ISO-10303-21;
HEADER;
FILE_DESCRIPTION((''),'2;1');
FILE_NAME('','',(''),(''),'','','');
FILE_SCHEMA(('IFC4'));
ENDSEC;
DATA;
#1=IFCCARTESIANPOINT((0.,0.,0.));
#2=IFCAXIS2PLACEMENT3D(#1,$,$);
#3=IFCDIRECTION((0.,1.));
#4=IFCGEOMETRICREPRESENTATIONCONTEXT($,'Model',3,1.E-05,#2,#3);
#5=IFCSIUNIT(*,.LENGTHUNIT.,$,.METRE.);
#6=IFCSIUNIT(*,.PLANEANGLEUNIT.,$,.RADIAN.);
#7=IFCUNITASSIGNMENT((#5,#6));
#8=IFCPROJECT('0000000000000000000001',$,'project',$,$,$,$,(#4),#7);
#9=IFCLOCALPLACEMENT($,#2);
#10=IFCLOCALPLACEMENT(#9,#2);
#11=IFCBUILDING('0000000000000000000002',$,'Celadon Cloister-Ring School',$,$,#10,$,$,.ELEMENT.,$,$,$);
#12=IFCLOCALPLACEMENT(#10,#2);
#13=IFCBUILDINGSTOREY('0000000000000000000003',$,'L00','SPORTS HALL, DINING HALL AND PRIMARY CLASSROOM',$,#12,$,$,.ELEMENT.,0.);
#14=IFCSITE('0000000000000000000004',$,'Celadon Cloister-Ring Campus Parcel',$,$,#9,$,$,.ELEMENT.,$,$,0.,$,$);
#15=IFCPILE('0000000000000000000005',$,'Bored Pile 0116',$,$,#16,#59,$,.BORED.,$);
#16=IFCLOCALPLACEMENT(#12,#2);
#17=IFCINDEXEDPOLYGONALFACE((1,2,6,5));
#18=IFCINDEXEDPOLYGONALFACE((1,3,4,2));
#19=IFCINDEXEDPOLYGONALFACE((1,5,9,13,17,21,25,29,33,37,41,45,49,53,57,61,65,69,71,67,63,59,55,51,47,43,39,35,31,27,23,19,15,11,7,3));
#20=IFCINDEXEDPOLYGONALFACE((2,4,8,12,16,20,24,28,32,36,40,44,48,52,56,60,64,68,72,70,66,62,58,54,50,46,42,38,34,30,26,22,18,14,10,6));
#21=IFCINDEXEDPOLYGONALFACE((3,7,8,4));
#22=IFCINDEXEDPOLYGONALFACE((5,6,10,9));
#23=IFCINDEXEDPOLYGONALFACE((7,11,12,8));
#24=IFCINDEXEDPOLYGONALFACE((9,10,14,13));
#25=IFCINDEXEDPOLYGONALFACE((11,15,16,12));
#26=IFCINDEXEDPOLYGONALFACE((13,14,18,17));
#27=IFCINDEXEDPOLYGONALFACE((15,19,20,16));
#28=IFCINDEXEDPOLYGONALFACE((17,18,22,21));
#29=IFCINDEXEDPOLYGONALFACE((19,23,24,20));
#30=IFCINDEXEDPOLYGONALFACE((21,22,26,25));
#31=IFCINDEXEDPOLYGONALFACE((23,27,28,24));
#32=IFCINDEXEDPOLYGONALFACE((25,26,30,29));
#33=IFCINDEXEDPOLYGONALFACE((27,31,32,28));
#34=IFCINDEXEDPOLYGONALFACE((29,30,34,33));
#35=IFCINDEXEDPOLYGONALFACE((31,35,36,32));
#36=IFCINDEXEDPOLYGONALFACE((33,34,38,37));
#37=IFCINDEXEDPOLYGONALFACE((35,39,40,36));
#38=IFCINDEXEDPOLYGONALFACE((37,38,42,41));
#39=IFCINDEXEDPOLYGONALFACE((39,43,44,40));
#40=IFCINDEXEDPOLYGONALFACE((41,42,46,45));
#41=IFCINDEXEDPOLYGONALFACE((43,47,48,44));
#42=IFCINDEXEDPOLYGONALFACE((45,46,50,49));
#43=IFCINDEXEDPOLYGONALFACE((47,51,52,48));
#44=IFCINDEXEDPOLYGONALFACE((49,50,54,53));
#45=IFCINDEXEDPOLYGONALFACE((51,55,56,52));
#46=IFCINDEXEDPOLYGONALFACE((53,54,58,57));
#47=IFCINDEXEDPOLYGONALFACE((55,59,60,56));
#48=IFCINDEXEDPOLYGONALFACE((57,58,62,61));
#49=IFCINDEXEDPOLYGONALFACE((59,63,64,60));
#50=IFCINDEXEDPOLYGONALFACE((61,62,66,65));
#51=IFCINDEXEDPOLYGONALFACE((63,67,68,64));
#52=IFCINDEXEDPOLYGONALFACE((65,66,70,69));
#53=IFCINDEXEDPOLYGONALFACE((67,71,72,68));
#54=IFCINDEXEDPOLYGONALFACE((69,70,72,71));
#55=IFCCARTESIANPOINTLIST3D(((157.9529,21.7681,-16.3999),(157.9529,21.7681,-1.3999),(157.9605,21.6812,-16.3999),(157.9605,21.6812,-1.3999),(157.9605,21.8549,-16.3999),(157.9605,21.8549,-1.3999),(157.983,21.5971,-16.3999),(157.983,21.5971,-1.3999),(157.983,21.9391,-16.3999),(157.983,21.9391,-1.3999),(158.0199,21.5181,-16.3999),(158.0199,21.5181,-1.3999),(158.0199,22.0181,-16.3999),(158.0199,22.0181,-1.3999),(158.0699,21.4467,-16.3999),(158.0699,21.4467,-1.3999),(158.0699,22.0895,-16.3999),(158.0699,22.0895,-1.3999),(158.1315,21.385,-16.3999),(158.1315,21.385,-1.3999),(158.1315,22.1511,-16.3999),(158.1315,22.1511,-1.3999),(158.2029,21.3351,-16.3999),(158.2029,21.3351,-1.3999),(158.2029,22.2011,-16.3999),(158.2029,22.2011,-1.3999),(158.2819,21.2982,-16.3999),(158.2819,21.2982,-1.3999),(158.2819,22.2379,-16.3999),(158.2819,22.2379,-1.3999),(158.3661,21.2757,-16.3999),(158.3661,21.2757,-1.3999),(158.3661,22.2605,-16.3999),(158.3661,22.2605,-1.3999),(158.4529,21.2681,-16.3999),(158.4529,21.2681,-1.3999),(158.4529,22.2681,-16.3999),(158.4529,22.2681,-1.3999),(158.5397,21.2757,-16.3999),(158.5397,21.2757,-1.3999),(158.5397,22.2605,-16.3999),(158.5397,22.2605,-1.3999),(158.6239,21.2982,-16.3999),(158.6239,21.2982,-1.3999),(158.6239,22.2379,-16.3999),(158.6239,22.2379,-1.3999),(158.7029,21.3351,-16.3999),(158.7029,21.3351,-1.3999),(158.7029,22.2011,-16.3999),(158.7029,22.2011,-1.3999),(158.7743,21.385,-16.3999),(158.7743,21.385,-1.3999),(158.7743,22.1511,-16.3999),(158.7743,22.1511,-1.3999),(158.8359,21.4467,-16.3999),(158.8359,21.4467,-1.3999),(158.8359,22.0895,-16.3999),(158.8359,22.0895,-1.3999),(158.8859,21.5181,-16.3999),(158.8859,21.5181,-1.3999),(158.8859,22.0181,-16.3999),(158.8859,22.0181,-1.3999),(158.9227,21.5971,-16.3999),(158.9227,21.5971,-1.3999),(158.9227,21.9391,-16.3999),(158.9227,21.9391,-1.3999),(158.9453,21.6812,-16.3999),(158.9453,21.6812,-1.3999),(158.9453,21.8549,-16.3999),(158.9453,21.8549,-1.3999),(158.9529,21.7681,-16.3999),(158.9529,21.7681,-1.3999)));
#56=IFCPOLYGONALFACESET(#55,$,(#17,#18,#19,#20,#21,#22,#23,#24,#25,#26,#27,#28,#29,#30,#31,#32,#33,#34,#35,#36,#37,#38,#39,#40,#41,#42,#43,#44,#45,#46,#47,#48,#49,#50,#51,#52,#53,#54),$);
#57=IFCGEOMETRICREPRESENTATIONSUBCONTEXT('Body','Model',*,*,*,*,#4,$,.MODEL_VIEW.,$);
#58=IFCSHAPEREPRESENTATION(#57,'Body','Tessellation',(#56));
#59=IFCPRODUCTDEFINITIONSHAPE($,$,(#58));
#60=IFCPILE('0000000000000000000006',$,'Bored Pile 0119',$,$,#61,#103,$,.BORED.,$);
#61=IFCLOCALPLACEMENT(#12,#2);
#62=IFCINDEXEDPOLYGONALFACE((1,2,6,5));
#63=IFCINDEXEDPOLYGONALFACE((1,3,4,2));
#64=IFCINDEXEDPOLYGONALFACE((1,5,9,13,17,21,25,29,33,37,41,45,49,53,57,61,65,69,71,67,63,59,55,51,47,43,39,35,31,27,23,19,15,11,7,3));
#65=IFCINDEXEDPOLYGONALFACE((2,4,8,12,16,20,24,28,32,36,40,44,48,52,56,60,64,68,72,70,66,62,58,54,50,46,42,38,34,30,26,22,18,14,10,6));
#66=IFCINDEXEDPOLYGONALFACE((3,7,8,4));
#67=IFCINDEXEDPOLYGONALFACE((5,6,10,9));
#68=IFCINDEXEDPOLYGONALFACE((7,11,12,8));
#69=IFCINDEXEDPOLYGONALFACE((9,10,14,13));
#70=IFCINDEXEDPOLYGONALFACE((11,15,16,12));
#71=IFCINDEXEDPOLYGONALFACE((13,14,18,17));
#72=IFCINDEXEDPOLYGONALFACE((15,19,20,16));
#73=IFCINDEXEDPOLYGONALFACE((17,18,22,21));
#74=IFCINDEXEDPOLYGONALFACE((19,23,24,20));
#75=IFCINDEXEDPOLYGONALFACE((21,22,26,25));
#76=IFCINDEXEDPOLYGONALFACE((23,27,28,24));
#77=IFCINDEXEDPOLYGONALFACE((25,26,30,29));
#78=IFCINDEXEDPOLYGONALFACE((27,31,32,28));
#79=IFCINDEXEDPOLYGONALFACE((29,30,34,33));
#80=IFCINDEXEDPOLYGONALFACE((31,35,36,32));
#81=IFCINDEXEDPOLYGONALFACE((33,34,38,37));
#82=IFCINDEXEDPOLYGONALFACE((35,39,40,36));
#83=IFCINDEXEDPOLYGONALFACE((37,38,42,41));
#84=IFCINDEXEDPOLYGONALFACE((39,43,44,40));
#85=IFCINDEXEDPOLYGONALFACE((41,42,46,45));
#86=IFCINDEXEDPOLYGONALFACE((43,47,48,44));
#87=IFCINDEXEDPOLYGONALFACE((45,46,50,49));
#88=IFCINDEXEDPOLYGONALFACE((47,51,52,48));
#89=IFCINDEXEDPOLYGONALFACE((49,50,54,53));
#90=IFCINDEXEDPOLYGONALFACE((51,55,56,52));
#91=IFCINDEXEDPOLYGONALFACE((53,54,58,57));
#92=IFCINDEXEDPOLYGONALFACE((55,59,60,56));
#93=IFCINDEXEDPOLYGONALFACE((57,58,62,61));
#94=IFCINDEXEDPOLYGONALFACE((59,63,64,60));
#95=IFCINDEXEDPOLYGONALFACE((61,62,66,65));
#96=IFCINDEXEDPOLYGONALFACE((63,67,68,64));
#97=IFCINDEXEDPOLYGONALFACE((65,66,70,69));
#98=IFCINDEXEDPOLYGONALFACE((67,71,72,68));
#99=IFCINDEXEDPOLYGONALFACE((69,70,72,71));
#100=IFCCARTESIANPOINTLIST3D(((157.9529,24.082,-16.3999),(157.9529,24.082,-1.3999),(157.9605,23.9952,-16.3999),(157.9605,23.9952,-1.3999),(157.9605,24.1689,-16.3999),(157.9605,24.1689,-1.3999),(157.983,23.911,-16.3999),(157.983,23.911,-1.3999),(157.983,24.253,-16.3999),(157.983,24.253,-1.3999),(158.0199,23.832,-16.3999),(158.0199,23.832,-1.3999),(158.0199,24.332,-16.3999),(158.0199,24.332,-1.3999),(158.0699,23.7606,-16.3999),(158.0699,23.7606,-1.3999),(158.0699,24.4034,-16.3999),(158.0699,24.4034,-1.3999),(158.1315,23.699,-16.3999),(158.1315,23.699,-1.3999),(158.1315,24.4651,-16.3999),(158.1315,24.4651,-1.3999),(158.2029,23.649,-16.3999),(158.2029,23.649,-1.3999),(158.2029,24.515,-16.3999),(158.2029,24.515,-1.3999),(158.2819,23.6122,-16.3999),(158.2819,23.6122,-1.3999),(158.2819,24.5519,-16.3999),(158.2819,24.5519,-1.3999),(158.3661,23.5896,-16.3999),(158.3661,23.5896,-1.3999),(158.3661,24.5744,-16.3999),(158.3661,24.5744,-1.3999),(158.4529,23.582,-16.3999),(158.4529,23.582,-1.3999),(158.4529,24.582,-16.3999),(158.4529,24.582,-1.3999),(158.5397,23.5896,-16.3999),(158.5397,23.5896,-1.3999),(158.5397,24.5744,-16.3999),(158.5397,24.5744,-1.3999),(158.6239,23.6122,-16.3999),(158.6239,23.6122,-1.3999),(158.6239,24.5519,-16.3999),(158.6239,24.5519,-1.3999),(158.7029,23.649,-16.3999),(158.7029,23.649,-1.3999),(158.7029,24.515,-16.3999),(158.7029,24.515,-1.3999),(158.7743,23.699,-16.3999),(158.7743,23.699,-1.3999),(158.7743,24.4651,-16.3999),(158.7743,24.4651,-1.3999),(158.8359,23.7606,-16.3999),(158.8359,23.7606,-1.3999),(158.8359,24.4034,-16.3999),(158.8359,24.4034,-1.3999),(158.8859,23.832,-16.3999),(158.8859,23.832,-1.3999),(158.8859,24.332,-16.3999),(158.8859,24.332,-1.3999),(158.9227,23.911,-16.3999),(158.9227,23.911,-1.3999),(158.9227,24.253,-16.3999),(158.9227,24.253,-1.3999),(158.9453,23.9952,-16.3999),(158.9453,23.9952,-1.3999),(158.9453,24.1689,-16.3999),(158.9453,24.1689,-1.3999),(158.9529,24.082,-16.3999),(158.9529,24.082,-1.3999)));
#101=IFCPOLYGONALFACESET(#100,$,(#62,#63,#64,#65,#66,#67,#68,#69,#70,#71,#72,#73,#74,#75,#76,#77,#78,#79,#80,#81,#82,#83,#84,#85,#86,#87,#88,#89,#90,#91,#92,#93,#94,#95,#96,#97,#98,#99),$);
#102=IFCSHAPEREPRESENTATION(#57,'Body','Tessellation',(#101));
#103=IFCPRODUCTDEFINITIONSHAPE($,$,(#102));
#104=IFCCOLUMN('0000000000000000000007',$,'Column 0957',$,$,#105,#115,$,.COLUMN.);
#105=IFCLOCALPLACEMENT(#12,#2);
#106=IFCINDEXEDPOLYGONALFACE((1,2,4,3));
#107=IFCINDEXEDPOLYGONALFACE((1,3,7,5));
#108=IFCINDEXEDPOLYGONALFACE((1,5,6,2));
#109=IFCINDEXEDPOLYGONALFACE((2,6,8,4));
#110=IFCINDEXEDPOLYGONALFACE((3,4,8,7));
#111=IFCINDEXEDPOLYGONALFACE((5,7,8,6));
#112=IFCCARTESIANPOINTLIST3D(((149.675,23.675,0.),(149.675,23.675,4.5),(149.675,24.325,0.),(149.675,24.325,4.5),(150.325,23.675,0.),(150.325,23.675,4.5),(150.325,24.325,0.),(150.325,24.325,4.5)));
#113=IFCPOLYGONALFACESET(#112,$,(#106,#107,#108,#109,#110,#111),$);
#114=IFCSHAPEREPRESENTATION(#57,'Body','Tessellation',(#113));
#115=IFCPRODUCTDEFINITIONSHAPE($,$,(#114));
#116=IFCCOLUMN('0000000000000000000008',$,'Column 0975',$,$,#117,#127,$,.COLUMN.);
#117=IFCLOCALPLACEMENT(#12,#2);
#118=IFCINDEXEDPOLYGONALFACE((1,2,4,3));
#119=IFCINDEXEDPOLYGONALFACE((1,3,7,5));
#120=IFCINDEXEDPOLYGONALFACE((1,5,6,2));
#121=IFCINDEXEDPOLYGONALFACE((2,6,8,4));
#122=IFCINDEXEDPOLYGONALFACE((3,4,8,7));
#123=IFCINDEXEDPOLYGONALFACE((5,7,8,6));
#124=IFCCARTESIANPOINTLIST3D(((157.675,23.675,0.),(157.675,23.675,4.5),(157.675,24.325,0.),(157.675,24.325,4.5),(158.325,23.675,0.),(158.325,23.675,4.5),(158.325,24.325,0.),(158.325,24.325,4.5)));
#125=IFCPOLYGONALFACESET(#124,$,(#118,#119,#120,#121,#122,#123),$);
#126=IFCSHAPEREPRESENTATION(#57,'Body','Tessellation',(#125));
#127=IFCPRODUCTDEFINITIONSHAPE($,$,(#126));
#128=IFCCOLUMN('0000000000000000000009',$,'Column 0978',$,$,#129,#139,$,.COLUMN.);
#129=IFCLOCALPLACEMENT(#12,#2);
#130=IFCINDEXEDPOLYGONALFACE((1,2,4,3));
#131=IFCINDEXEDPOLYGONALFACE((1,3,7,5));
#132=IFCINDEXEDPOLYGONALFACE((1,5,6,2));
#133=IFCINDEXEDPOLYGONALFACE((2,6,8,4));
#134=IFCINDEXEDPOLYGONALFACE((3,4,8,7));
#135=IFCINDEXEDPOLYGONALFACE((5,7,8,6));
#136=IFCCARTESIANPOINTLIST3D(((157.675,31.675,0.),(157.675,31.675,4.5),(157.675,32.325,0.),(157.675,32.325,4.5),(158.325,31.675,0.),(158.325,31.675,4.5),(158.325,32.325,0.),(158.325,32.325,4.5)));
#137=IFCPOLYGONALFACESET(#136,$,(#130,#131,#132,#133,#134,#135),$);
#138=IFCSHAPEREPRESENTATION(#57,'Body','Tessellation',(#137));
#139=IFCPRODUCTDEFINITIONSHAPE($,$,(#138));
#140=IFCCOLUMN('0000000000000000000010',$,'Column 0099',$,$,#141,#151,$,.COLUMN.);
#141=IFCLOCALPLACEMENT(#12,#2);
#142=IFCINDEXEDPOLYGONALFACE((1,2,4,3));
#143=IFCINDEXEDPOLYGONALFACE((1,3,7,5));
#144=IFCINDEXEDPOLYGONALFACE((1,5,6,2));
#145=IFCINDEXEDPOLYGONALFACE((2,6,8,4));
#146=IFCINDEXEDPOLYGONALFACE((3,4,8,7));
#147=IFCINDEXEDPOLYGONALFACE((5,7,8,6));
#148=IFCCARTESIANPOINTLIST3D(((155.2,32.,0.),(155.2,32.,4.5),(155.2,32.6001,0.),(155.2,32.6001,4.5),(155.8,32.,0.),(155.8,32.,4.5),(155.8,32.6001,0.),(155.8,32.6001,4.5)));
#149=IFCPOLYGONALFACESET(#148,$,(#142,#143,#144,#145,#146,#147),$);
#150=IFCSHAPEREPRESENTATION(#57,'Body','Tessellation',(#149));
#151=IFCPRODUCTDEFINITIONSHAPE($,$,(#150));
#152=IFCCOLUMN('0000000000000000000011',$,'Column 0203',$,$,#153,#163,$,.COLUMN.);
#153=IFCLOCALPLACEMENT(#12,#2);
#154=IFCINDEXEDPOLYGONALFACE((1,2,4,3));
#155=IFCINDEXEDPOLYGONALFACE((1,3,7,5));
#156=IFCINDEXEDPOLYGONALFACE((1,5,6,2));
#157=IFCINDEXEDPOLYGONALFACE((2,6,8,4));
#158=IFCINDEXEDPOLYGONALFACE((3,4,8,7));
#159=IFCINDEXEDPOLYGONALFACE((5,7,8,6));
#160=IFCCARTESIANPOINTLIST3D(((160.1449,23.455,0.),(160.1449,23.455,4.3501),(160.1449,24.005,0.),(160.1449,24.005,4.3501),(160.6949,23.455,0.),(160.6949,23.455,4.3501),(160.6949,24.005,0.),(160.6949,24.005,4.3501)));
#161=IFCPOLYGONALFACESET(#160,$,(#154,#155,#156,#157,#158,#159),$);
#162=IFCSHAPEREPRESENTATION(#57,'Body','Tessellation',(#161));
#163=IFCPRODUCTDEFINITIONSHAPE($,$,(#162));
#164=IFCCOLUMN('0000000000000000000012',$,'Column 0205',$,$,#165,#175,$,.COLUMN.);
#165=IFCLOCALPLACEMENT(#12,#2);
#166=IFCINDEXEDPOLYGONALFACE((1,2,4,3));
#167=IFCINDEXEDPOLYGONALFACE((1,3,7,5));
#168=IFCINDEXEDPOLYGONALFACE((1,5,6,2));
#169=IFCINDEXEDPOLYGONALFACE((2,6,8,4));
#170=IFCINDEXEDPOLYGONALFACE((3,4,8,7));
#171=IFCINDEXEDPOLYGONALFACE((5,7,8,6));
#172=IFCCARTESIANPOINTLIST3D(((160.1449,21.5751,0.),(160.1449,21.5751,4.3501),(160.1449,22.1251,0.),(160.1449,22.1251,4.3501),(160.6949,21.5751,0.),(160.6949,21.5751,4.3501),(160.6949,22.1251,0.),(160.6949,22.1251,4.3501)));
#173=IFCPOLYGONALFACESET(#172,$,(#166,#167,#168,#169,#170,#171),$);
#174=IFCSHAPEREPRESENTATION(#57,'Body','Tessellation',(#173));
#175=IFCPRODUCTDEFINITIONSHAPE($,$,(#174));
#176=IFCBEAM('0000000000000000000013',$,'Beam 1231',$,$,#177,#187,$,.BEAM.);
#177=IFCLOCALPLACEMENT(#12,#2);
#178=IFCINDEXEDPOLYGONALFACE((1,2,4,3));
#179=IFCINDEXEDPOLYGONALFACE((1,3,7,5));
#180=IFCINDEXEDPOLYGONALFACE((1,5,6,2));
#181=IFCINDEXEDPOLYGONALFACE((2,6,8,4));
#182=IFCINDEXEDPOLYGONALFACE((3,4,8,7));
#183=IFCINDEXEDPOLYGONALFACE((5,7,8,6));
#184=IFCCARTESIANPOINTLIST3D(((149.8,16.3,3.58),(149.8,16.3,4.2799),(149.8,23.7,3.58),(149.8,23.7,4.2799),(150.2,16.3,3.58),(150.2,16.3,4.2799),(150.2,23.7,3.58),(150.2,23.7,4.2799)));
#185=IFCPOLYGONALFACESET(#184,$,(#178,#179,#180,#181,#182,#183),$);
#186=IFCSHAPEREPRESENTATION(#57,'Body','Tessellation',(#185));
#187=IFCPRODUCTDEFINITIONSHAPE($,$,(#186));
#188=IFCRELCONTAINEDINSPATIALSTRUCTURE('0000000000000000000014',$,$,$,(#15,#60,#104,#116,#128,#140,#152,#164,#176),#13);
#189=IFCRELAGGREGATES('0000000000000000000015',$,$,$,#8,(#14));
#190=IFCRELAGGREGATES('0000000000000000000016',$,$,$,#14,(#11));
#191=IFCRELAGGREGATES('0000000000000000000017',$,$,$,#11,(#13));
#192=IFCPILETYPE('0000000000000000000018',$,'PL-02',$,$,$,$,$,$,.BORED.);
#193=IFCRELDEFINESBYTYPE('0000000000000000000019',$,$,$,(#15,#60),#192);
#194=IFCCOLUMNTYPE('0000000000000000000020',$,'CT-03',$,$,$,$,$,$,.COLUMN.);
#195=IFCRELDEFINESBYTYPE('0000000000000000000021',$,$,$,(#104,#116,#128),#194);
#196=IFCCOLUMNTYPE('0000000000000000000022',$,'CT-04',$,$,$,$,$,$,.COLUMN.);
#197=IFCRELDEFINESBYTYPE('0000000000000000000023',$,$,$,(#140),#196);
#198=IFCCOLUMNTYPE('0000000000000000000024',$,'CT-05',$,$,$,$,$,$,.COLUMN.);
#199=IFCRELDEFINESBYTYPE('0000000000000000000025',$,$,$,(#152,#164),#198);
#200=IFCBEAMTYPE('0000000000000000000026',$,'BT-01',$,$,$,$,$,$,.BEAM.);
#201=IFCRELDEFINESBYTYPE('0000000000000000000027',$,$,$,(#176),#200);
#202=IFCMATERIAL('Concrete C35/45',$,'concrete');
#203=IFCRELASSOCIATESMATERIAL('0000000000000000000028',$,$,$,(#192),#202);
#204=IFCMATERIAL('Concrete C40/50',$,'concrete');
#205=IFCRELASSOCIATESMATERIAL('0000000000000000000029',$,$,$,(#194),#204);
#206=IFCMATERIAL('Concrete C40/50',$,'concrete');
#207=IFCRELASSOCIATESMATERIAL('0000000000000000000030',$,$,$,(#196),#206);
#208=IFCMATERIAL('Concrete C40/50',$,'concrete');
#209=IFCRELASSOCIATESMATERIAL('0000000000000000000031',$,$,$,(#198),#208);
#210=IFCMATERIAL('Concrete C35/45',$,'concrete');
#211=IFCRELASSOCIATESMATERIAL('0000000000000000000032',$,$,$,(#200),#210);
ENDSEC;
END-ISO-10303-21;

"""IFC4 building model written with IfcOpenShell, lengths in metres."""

from ifc_helpers import new_model, si_unit, direction, frame, origin, origin_2d, place, context, subcontext, project, spatial, rectangle, circle, extrude, material, material_profile, profile_set, type_object, element, save


model = new_model("IFC4")

# Units and contexts
model_context = context("Model", 3, precision=1e-05, world=origin(), true_north=direction((0.0, 1.0)))
body_context = subcontext(model_context, "Body", "Model", "MODEL_VIEW")
ifc_project = project(units=[si_unit("LENGTHUNIT", "METRE"), si_unit("PLANEANGLEUNIT", "RADIAN")], contexts=[model_context])

# Site, building, storey
site_placement = place(None, origin())
site = spatial("IfcSite", under=ifc_project, at=site_placement, Name="Celadon Cloister-Ring Campus Parcel", CompositionType="ELEMENT", RefElevation=0.0)
building_placement = place(site_placement, origin())
building = spatial("IfcBuilding", under=site, at=building_placement, Name="Celadon Cloister-Ring School", CompositionType="ELEMENT")
storey_placement = place(building_placement, origin())
storey = spatial("IfcBuildingStorey", under=building, at=storey_placement, Name="L00", Description="SPORTS HALL, DINING HALL AND PRIMARY CLASSROOM", CompositionType="ELEMENT", Elevation=0.0)

# Piles
ifc_material_1 = material(Name="Concrete C35/45", Category="concrete")
ifc_material_profile_1 = material_profile(ifc_material_1, circle(Radius=0.5, at=origin_2d()), Name="PILE1000")
ifc_profile_set_1 = profile_set([ifc_material_profile_1], Name="Concrete C35/45")
pile_type_1 = type_object("IfcPileType", Name="PL-02", PredefinedType="BORED", material=ifc_profile_set_1)
for number, where, z_axis, x_axis, name in (
    (1, (158.4529, 21.7681, -1.3999), (0.0, 0.0, -1.0), (1.0, 0.0, 0.0), "Bored Pile 0116"),
    (2, (158.4529, 24.082, -1.3999), (0.0, 0.0, -1.0), (1.0, 0.0, 0.0), "Bored Pile 0119"),
):
    element("IfcPile", number, at=place(storey_placement, frame(where, z_axis=z_axis, x_axis=x_axis)), inside=storey, type_object=pile_type_1, Name=name, PredefinedType="BORED", context=body_context, shape_type="SweptSolid", body=[
        extrude(circle(Radius=0.5, at=origin_2d()), origin(), (0.0, 0.0, 1.0), 15.0),
    ])

# Columns
ifc_material_2 = material(Name="Concrete C40/50", Category="concrete")
ifc_material_profile_2 = material_profile(ifc_material_2, rectangle(XDim=0.6499, YDim=0.6499, at=origin_2d()), Name="RC650X650")
ifc_profile_set_2 = profile_set([ifc_material_profile_2], Name="Concrete C40/50")
column_type_1 = type_object("IfcColumnType", Name="CT-03", PredefinedType="COLUMN", material=ifc_profile_set_2)
for number, where, z_axis, x_axis, name in (
    (3, (150.0, 24.0, 0.0), (0.0, 0.0, 1.0), (1.0, 0.0, 0.0), "Column 0957"),
    (4, (158.0, 24.0, 0.0), (0.0, 0.0, 1.0), (1.0, 0.0, 0.0), "Column 0975"),
    (5, (158.0, 32.0, 0.0), (0.0, 0.0, 1.0), (1.0, 0.0, 0.0), "Column 0978"),
):
    element("IfcColumn", number, at=place(storey_placement, frame(where, z_axis=z_axis, x_axis=x_axis)), inside=storey, type_object=column_type_1, Name=name, PredefinedType="COLUMN", context=body_context, shape_type="SweptSolid", body=[
        extrude(rectangle(XDim=0.6499, YDim=0.6499, at=origin_2d()), origin(), (0.0, 0.0, 1.0), 4.5),
    ])
ifc_material_3 = material(Name="Concrete C40/50", Category="concrete")
ifc_material_profile_3 = material_profile(ifc_material_3, rectangle(XDim=0.6001, YDim=0.6001, at=origin_2d()), Name="RC600X600")
ifc_profile_set_3 = profile_set([ifc_material_profile_3], Name="Concrete C40/50")
column_type_2 = type_object("IfcColumnType", Name="CT-04", PredefinedType="COLUMN", material=ifc_profile_set_3)
column_placement = place(storey_placement, frame((155.5, 32.3, 0.0), z_axis=(0.0, 0.0, 1.0), x_axis=(1.0, 0.0, 0.0)))
element("IfcColumn", 6, at=column_placement, inside=storey, type_object=column_type_2, Name="Column 0099", PredefinedType="COLUMN", context=body_context, shape_type="SweptSolid", body=[
    extrude(rectangle(XDim=0.6001, YDim=0.6001, at=origin_2d()), origin(), (0.0, 0.0, 1.0), 4.5),
])
ifc_material_4 = material(Name="Concrete C40/50", Category="concrete")
ifc_material_profile_4 = material_profile(ifc_material_4, rectangle(XDim=0.55, YDim=0.55, at=origin_2d()), Name="RC550X550")
ifc_profile_set_4 = profile_set([ifc_material_profile_4], Name="Concrete C40/50")
column_type_3 = type_object("IfcColumnType", Name="CT-05", PredefinedType="COLUMN", material=ifc_profile_set_4)
for number, where, z_axis, x_axis, name in (
    (7, (160.4199, 23.73, 0.0), (0.0, 0.0, 1.0), (1.0, 0.0, 0.0), "Column 0203"),
    (8, (160.4199, 21.8501, 0.0), (0.0, 0.0, 1.0), (1.0, 0.0, 0.0), "Column 0205"),
):
    element("IfcColumn", number, at=place(storey_placement, frame(where, z_axis=z_axis, x_axis=x_axis)), inside=storey, type_object=column_type_3, Name=name, PredefinedType="COLUMN", context=body_context, shape_type="SweptSolid", body=[
        extrude(rectangle(XDim=0.55, YDim=0.55, at=origin_2d()), origin(), (0.0, 0.0, 1.0), 4.3501),
    ])

# Beam
ifc_material_5 = material(Name="Concrete C35/45", Category="concrete")
ifc_material_profile_5 = material_profile(ifc_material_5, rectangle(XDim=0.3999, YDim=0.7, at=origin_2d()), Name="RC400X700")
ifc_profile_set_5 = profile_set([ifc_material_profile_5], Name="Concrete C35/45")
beam_type_1 = type_object("IfcBeamType", Name="BT-01", PredefinedType="BEAM", material=ifc_profile_set_5)
beam_1_placement = place(storey_placement, frame((150.0, 16.3, 3.9299), z_axis=(0.0, 1.0, 0.0), x_axis=(-1.0, 0.0, 0.0)))
element("IfcBeam", 9, at=beam_1_placement, inside=storey, type_object=beam_type_1, Name="Beam 1231", PredefinedType="BEAM", context=body_context, shape_type="SweptSolid", body=[
    extrude(rectangle(XDim=0.3999, YDim=0.7, at=origin_2d()), origin(), (0.0, 0.0, 1.0), 7.3999),
])

save(model, "model.ifc")
